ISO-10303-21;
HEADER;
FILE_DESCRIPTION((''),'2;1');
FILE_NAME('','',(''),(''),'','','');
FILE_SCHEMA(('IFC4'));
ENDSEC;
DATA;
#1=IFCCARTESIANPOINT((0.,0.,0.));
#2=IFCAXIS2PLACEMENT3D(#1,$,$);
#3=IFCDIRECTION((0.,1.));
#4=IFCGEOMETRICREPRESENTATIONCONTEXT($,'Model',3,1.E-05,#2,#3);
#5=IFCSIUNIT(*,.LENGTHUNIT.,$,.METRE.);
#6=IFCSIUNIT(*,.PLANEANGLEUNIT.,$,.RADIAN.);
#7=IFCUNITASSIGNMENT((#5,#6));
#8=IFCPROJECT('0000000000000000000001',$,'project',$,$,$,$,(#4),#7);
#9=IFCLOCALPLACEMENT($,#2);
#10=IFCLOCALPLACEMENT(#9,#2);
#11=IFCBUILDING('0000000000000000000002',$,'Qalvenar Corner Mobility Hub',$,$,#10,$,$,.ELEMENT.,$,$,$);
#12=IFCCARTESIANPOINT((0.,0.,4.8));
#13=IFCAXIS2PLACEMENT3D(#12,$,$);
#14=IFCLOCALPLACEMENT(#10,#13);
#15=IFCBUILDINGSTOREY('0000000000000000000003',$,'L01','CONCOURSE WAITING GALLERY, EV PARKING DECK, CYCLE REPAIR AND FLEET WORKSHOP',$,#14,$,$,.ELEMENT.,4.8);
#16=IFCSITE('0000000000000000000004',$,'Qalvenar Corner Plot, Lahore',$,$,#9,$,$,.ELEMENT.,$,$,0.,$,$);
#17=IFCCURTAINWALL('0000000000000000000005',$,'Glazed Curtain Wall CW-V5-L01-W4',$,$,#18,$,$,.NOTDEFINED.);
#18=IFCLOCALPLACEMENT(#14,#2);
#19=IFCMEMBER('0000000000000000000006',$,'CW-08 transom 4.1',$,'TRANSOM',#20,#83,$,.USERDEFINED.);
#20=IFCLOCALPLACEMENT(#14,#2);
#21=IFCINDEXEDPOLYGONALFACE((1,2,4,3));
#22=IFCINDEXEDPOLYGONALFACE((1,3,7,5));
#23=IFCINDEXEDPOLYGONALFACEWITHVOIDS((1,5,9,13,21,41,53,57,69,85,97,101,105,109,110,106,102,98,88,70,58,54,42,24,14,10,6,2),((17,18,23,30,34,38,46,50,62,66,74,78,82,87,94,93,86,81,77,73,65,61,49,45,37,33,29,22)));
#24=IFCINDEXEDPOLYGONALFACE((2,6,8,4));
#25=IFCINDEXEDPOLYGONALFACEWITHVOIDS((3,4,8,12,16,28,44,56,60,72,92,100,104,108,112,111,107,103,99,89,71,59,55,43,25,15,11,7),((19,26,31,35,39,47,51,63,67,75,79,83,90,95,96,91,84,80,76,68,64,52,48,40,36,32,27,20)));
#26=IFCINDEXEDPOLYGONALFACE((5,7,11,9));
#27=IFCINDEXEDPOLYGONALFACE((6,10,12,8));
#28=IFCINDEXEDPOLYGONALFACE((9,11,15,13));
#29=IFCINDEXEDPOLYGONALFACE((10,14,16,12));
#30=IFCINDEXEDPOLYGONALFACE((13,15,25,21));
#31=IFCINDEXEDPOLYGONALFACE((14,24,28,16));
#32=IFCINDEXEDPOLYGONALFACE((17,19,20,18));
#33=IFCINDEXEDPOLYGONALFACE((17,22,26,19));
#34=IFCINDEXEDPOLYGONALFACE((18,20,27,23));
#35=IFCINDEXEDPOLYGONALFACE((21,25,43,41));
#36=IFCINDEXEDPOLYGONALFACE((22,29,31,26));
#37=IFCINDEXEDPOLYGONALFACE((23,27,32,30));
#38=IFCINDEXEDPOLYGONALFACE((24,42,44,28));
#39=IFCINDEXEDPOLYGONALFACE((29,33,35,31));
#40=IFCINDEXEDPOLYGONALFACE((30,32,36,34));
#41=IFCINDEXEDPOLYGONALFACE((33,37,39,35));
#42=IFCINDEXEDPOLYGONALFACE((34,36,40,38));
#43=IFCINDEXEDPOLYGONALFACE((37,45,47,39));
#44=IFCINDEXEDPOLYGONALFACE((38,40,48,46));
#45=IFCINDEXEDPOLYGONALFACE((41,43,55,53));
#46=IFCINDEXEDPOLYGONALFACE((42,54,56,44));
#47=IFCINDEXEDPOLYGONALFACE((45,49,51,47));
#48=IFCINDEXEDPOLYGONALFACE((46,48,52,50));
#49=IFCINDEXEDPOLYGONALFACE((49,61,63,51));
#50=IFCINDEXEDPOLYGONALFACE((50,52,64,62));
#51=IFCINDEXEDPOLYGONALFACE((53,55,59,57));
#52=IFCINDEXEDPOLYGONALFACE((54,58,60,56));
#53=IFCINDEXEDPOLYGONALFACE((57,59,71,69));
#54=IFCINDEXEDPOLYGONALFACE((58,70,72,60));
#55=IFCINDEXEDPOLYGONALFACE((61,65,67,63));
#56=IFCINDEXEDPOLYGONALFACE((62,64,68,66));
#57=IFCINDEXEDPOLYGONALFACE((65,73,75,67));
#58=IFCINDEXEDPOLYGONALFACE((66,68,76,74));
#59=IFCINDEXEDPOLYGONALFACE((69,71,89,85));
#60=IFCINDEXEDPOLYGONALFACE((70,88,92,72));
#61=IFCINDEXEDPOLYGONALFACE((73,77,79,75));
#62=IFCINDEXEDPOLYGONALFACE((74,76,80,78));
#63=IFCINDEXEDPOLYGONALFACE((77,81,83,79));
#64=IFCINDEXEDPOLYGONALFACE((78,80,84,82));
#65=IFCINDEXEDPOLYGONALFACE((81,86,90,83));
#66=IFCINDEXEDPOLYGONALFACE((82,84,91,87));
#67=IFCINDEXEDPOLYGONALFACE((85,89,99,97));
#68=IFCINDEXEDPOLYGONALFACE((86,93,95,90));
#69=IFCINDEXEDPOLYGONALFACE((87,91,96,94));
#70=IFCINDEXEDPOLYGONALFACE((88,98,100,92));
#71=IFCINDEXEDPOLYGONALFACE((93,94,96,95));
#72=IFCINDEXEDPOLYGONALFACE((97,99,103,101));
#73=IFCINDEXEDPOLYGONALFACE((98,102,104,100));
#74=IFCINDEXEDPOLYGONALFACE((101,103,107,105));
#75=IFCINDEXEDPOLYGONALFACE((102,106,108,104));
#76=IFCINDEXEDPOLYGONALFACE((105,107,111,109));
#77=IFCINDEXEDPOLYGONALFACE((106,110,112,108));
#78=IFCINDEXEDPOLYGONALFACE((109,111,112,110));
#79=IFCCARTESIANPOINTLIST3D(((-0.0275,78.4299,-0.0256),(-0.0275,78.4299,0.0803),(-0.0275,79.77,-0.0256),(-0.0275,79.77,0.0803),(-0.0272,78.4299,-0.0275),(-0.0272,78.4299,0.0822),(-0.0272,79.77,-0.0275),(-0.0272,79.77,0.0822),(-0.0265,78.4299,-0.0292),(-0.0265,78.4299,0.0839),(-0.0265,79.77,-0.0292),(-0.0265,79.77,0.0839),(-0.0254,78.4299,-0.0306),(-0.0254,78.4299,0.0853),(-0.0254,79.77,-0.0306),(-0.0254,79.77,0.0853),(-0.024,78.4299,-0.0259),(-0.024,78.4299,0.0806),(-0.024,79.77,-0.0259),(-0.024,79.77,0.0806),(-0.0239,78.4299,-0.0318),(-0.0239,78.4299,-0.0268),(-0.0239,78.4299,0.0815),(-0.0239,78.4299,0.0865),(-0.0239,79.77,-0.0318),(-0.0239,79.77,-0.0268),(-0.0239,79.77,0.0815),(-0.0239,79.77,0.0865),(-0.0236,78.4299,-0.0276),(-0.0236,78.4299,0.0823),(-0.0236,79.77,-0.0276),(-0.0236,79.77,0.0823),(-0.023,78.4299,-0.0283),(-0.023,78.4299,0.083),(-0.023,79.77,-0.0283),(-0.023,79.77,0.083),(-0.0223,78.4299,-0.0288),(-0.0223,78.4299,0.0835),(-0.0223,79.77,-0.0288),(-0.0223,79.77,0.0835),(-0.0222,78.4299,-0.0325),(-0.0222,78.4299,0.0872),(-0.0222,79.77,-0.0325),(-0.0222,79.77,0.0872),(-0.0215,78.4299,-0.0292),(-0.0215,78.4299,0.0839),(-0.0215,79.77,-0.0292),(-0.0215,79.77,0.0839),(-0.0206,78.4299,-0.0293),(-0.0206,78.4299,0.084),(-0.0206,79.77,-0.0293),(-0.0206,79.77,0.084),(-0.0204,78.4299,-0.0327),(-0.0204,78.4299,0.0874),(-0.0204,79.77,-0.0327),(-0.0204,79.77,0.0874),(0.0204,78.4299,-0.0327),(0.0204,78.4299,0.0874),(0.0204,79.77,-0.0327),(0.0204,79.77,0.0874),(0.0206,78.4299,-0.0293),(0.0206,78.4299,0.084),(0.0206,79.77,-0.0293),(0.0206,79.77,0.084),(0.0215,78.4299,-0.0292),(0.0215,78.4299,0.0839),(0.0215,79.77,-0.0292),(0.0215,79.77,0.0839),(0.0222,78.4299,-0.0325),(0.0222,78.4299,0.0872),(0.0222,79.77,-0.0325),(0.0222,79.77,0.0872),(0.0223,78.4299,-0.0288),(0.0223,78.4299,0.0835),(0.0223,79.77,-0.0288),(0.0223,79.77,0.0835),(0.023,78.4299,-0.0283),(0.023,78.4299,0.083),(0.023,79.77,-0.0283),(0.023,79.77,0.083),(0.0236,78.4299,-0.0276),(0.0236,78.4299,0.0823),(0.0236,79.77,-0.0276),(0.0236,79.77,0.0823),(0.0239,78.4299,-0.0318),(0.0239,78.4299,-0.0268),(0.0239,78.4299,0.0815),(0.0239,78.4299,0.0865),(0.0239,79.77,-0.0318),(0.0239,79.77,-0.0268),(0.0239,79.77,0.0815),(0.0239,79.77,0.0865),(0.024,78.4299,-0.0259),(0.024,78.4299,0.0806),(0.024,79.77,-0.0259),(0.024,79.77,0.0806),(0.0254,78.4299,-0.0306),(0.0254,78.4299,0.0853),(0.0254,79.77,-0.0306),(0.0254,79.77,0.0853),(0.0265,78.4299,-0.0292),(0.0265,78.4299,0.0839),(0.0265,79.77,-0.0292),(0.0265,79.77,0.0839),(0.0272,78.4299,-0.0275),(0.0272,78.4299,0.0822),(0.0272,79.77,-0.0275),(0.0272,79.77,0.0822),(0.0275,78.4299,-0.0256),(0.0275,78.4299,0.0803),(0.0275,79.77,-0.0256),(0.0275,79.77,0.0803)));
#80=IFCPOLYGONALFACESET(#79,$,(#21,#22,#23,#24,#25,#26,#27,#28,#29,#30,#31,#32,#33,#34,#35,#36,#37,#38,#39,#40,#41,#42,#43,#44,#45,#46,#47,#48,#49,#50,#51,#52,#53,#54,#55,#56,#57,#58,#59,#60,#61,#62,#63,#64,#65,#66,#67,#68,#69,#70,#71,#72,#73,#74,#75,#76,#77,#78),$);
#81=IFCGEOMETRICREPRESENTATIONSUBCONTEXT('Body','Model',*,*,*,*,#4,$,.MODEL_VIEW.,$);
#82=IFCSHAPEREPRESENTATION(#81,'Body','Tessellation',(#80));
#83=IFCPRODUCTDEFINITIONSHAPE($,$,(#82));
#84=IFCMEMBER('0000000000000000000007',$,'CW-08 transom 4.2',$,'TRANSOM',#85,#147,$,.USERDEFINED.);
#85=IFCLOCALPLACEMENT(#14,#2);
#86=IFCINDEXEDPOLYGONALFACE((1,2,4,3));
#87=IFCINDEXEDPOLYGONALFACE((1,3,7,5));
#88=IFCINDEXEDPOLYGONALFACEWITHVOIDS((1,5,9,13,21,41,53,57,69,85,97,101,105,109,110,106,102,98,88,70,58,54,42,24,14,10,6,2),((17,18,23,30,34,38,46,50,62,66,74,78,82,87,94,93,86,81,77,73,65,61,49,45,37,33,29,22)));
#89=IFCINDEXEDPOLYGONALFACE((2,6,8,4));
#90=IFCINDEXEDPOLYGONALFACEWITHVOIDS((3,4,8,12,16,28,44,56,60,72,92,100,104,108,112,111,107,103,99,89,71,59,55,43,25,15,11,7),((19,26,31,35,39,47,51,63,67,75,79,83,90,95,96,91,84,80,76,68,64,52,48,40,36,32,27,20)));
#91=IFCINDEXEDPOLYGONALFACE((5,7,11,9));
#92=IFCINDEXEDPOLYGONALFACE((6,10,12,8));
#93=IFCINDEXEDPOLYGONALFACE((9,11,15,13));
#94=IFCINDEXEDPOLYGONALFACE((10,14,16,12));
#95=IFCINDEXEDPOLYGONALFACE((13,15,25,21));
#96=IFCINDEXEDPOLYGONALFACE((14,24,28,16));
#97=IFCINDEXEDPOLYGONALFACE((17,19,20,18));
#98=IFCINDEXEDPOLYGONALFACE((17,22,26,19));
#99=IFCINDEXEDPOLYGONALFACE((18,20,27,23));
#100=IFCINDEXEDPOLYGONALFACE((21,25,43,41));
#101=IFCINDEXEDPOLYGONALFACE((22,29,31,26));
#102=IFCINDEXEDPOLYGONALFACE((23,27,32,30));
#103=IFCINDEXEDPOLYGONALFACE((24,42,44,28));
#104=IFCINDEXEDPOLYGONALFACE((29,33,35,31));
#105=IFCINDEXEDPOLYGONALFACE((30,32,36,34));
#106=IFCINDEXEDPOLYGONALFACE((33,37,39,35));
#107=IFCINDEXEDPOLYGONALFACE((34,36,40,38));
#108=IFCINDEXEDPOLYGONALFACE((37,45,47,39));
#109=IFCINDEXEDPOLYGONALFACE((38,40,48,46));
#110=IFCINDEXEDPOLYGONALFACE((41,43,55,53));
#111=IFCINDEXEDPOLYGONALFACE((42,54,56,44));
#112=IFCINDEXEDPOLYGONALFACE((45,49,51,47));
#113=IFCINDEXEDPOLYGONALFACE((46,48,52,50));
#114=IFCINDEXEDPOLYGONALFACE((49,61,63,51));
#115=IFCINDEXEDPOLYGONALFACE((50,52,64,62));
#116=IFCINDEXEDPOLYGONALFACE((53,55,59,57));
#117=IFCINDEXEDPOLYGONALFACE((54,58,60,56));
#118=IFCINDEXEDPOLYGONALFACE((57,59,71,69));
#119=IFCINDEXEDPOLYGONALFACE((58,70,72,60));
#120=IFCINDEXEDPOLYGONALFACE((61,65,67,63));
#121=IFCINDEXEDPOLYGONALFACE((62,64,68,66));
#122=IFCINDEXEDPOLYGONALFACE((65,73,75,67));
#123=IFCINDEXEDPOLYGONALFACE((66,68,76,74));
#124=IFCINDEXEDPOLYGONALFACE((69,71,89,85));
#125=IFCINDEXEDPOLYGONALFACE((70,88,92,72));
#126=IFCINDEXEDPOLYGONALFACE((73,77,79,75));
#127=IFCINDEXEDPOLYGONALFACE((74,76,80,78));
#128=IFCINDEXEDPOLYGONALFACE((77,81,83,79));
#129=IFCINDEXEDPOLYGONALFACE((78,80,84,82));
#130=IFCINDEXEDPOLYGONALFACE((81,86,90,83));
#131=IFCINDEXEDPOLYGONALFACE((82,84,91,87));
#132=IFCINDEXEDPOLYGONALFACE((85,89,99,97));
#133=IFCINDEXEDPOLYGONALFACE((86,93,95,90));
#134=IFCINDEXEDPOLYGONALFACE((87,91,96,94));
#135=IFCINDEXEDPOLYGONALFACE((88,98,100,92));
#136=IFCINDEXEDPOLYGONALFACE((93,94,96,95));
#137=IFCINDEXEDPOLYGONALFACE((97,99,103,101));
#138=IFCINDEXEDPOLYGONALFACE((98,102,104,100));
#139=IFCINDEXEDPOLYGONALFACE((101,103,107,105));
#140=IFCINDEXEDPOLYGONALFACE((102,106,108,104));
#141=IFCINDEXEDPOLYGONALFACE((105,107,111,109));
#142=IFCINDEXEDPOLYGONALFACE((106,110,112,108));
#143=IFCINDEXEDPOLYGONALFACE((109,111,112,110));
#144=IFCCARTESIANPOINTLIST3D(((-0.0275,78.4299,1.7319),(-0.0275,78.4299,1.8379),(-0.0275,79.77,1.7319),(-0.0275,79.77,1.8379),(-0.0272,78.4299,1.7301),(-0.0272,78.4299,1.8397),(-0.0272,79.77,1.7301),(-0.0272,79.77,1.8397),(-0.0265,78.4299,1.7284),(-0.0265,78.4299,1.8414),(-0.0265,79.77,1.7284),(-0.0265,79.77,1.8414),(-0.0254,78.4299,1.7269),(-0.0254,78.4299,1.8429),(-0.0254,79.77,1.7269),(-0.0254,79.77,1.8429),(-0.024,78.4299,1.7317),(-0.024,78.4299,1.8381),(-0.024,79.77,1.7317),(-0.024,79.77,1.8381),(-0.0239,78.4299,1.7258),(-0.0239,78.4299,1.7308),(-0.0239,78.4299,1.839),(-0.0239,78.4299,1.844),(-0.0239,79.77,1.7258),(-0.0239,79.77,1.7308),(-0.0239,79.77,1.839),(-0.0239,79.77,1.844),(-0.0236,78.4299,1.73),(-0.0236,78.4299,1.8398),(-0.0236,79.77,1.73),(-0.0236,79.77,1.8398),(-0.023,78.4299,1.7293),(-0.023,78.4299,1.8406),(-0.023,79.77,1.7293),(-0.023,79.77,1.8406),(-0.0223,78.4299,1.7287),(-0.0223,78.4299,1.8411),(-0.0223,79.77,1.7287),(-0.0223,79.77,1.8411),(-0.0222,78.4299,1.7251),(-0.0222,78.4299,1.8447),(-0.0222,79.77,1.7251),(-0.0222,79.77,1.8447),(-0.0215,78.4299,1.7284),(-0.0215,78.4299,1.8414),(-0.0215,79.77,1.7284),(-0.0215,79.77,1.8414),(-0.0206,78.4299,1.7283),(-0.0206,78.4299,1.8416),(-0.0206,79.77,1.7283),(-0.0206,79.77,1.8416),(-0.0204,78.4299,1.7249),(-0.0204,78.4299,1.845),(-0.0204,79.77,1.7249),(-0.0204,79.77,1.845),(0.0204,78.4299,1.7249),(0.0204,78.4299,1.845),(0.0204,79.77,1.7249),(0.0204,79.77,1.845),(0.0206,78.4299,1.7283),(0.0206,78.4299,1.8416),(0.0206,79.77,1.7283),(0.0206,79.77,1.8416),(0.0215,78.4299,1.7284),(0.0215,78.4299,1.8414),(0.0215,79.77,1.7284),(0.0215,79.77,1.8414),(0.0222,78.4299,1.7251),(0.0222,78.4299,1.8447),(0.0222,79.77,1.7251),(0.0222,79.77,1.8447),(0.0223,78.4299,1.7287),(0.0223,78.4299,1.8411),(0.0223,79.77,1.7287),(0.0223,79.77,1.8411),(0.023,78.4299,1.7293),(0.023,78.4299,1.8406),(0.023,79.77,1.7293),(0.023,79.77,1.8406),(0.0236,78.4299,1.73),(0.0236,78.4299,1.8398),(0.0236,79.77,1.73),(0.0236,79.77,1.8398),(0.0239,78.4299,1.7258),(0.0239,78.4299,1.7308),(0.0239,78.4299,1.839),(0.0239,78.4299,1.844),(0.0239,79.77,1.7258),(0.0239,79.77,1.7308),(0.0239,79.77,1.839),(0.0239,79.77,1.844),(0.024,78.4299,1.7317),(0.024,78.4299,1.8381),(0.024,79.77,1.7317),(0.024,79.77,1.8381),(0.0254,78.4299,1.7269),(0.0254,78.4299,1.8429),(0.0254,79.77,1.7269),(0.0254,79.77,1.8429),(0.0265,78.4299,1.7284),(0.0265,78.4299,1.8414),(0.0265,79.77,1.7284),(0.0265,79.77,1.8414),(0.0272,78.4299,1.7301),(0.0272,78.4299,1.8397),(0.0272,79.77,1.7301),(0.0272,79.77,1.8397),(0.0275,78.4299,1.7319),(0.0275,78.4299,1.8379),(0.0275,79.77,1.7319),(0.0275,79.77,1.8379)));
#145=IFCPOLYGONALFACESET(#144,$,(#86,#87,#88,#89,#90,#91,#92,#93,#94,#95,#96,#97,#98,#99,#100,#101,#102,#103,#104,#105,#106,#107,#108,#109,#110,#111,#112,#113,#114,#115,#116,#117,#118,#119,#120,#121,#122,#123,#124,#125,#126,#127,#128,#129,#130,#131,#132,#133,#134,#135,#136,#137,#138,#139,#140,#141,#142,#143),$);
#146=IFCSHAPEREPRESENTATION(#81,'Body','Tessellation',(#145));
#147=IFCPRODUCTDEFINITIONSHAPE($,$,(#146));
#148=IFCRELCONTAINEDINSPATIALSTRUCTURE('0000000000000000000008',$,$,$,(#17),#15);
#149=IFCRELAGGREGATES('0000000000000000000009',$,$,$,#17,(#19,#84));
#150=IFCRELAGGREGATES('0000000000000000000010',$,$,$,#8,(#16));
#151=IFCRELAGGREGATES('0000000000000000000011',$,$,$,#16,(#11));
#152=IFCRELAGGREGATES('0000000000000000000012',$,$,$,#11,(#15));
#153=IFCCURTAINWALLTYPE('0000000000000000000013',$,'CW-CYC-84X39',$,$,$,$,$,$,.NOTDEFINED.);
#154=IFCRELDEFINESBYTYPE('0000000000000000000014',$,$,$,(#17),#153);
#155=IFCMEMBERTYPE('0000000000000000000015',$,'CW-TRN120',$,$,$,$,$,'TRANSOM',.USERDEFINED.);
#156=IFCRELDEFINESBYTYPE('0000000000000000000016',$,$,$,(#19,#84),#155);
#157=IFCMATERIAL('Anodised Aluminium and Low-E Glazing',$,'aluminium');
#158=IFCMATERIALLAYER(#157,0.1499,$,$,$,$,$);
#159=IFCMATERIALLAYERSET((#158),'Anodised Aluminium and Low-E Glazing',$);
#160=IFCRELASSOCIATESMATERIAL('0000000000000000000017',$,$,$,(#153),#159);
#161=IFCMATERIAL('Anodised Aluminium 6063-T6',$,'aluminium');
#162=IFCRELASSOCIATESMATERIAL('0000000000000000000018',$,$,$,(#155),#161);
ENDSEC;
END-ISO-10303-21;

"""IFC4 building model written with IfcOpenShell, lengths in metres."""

from ifc_helpers import new_model, si_unit, direction, frame, origin, origin_2d, place, context, subcontext, project, spatial, hollow_rectangle, extrude, material, layer, layer_set, material_profile, profile_set, type_object, element, aggregate, save


model = new_model("IFC4")

# Units and contexts
model_context = context("Model", 3, precision=1e-05, world=origin(), true_north=direction((0.0, 1.0)))
body_context = subcontext(model_context, "Body", "Model", "MODEL_VIEW")
ifc_project = project(units=[si_unit("LENGTHUNIT", "METRE"), si_unit("PLANEANGLEUNIT", "RADIAN")], contexts=[model_context])

# Site, building, storey
site_placement = place(None, origin())
site = spatial("IfcSite", under=ifc_project, at=site_placement, Name="Qalvenar Corner Plot, Lahore", CompositionType="ELEMENT", RefElevation=0.0)
building_placement = place(site_placement, origin())
building = spatial("IfcBuilding", under=site, at=building_placement, Name="Qalvenar Corner Mobility Hub", CompositionType="ELEMENT")
storey_placement = place(building_placement, frame((0.0, 0.0, 4.8)))
storey = spatial("IfcBuildingStorey", under=building, at=storey_placement, Name="L01", Description="CONCOURSE WAITING GALLERY, EV PARKING DECK, CYCLE REPAIR AND FLEET WORKSHOP", CompositionType="ELEMENT", Elevation=4.8)

# Curtain wall, members
ifc_material_1 = material(Name="Anodised Aluminium and Low-E Glazing", Category="aluminium")
ifc_layer_1 = layer(ifc_material_1, 0.1499)
ifc_layer_set_1 = layer_set([ifc_layer_1], Name="Anodised Aluminium and Low-E Glazing")
curtain_wall_type = type_object("IfcCurtainWallType", Name="CW-CYC-84X39", PredefinedType="NOTDEFINED", material=ifc_layer_set_1)
curtain_wall_placement = place(storey_placement, origin())
curtain_wall = element("IfcCurtainWall", 1, at=curtain_wall_placement, inside=storey, type_object=curtain_wall_type, Name="Glazed Curtain Wall CW-V5-L01-W4", PredefinedType="NOTDEFINED")
ifc_material_2 = material(Name="Anodised Aluminium 6063-T6", Category="aluminium")
ifc_material_profile_1 = material_profile(ifc_material_2, hollow_rectangle(XDim=0.0549, YDim=0.1201, WallThickness=0.0034, InnerFilletRadius=0.0034, OuterFilletRadius=0.0071, at=origin_2d()), Name="RHS120x55x3.5")
ifc_profile_set_1 = profile_set([ifc_material_profile_1], Name="Anodised Aluminium 6063-T6")
member_type_1 = type_object("IfcMemberType", Name="CW-TRN120", ElementType="TRANSOM", PredefinedType="USERDEFINED", material=ifc_profile_set_1)
member_1_placement = place(storey_placement, frame((0.0, 79.77, 0.0273), z_axis=(0.0, -1.0, 0.0), x_axis=(1.0, 0.0, 0.0)))
member_1 = element("IfcMember", 2, at=member_1_placement, type_object=member_type_1, Name="CW-08 transom 4.1", ObjectType="TRANSOM", PredefinedType="USERDEFINED", context=body_context, shape_type="SweptSolid", body=[
    extrude(hollow_rectangle(XDim=0.0549, YDim=0.1201, WallThickness=0.0034, InnerFilletRadius=0.0034, OuterFilletRadius=0.0071, at=origin_2d()), origin(), (0.0, 0.0, 1.0), 1.3401),
])
member_2_placement = place(storey_placement, frame((0.0, 79.77, 1.7849), z_axis=(0.0, -1.0, 0.0), x_axis=(1.0, 0.0, 0.0)))
member_2 = element("IfcMember", 3, at=member_2_placement, type_object=member_type_1, Name="CW-08 transom 4.2", ObjectType="TRANSOM", PredefinedType="USERDEFINED", context=body_context, shape_type="SweptSolid", body=[
    extrude(hollow_rectangle(XDim=0.0549, YDim=0.1201, WallThickness=0.0034, InnerFilletRadius=0.0034, OuterFilletRadius=0.0071, at=origin_2d()), origin(), (0.0, 0.0, 1.0), 1.3401),
])
aggregate(curtain_wall, [member_1, member_2])

save(model, "model.ifc")
